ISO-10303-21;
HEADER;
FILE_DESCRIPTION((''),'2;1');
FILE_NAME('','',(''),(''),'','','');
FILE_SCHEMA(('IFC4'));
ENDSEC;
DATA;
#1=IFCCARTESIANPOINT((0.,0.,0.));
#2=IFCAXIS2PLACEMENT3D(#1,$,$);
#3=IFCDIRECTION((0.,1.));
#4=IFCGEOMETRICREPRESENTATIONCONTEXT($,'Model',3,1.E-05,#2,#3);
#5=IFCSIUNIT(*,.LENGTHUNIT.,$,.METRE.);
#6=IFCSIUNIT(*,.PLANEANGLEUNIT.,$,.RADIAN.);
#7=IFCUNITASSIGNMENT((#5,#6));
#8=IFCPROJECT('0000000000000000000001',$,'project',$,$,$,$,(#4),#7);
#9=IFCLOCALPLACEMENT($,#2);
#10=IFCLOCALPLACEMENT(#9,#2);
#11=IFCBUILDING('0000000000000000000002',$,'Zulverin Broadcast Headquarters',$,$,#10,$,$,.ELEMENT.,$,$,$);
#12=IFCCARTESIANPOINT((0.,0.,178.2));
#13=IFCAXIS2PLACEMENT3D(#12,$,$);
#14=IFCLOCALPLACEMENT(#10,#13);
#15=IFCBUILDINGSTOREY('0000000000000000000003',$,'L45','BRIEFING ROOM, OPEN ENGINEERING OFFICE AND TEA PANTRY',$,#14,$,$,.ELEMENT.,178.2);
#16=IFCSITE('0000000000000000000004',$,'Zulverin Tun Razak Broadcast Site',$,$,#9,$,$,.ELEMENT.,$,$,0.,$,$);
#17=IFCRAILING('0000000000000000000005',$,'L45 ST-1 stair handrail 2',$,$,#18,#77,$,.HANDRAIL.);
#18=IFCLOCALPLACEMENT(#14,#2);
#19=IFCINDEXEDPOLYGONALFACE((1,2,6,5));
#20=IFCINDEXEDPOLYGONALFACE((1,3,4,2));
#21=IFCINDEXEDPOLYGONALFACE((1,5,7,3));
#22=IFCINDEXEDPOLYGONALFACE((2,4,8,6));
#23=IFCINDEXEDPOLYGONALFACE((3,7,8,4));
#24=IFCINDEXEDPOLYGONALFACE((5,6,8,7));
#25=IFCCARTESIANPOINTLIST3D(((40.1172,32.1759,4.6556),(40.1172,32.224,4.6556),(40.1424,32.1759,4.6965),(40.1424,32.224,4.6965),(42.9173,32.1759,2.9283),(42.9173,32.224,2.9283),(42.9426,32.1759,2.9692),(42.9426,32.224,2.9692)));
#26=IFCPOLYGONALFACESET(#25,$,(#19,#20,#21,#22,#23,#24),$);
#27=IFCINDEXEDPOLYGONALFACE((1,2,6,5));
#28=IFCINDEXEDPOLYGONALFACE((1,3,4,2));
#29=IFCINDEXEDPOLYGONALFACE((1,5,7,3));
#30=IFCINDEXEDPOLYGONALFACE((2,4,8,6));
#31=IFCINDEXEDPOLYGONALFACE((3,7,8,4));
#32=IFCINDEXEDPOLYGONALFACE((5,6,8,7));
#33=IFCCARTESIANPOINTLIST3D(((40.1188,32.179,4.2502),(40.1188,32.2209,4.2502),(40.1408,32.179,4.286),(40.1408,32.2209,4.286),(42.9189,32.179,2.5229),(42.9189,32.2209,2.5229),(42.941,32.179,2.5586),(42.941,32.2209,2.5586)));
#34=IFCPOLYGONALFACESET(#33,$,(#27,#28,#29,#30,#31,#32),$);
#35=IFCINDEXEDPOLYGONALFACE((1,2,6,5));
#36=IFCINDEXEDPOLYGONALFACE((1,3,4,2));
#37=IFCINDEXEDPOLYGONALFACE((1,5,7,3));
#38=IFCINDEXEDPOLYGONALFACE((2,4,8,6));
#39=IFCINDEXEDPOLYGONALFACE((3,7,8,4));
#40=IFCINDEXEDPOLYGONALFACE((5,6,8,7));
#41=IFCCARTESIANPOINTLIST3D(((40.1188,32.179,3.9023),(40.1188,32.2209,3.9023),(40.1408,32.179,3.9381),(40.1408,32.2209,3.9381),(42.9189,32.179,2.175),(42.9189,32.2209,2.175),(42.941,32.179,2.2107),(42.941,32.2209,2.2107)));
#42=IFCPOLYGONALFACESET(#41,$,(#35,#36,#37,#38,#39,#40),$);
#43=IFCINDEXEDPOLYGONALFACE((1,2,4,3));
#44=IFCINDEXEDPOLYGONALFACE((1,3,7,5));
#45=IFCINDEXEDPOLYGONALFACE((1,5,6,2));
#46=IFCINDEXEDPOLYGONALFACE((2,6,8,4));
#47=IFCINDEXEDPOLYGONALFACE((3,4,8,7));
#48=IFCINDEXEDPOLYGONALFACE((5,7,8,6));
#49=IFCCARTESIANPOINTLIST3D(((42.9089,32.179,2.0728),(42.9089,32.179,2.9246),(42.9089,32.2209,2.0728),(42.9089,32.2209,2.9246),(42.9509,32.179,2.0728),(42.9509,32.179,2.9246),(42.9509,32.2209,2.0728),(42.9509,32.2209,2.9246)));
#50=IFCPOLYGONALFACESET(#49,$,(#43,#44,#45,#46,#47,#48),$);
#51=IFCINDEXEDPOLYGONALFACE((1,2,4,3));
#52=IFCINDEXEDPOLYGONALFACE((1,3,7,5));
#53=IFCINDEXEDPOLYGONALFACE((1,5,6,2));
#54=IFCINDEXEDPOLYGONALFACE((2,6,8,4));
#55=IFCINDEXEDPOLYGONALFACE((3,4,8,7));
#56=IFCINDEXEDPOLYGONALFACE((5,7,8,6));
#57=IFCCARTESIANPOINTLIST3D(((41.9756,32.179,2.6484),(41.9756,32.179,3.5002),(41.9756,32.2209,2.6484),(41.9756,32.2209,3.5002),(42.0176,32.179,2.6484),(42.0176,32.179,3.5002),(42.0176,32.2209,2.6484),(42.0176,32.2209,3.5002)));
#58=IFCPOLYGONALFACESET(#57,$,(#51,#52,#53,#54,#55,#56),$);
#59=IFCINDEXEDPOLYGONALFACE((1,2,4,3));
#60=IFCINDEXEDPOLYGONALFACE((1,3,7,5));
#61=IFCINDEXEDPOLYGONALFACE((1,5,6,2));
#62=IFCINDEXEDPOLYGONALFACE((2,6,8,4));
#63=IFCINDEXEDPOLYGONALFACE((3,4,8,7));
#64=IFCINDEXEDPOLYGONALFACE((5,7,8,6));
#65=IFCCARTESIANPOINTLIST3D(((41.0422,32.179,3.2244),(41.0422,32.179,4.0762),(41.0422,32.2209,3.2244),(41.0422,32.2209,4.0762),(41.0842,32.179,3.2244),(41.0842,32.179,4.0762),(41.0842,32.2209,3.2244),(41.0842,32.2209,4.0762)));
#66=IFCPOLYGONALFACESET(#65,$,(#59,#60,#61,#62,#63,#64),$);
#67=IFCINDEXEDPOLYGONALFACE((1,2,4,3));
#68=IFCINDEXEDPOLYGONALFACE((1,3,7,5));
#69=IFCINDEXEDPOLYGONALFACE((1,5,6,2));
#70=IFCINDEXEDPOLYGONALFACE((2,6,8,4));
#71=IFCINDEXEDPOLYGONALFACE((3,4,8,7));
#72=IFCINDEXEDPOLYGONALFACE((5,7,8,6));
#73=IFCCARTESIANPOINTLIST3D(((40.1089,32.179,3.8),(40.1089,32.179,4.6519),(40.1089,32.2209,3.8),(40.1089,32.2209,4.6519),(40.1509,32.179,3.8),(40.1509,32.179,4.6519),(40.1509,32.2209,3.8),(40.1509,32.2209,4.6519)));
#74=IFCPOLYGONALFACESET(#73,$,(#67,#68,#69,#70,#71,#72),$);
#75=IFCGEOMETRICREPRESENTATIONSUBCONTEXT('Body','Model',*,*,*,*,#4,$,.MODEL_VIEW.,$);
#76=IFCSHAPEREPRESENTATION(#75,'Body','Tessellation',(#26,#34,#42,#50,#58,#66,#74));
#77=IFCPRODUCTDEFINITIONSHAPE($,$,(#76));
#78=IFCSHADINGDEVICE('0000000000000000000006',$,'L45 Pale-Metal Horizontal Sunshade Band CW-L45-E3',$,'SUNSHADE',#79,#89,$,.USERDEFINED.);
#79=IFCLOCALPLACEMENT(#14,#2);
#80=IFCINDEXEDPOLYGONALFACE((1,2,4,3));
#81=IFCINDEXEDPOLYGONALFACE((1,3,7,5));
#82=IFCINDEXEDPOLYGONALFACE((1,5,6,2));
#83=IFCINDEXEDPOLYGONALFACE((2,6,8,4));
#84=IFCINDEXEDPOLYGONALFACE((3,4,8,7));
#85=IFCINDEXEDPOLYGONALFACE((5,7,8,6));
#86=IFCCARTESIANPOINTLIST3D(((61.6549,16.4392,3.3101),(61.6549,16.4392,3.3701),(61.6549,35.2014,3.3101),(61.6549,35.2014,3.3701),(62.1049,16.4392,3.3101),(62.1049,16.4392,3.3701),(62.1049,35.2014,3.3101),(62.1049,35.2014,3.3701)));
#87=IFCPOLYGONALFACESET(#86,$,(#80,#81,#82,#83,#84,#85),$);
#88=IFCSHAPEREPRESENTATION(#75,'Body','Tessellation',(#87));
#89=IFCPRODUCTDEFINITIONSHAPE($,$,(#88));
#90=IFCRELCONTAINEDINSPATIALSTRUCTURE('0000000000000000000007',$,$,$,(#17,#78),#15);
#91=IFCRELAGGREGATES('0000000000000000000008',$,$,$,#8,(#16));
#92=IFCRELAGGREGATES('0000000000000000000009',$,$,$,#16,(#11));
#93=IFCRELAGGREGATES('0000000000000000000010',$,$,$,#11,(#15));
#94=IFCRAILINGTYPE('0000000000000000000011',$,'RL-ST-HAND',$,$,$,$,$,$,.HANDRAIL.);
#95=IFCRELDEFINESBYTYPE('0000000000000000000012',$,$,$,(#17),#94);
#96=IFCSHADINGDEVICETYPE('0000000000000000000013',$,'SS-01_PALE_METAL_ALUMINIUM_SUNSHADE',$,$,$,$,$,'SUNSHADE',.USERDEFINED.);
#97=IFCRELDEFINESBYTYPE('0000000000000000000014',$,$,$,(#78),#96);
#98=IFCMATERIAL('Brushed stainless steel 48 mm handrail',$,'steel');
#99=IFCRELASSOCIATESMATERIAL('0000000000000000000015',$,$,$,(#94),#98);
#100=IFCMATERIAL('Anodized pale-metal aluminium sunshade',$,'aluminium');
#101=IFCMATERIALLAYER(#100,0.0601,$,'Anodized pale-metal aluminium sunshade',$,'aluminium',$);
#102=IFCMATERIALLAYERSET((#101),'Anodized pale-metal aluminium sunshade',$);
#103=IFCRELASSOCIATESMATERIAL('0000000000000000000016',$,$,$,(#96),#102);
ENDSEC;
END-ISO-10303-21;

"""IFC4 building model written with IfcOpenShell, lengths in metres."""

from ifc_helpers import new_model, si_unit, direction, frame, origin, origin_2d, place, context, subcontext, project, spatial, rectangle, extrude, material, layer, layer_set, type_object, element, save


model = new_model("IFC4")

# Units and contexts
model_context = context("Model", 3, precision=1e-05, world=origin(), true_north=direction((0.0, 1.0)))
body_context = subcontext(model_context, "Body", "Model", "MODEL_VIEW")
ifc_project = project(units=[si_unit("LENGTHUNIT", "METRE"), si_unit("PLANEANGLEUNIT", "RADIAN")], contexts=[model_context])

# Site, building, storey
site_placement = place(None, origin())
site = spatial("IfcSite", under=ifc_project, at=site_placement, Name="Zulverin Tun Razak Broadcast Site", CompositionType="ELEMENT", RefElevation=0.0)
building_placement = place(site_placement, origin())
building = spatial("IfcBuilding", under=site, at=building_placement, Name="Zulverin Broadcast Headquarters", CompositionType="ELEMENT")
storey_placement = place(building_placement, frame((0.0, 0.0, 178.2)))
storey = spatial("IfcBuildingStorey", under=building, at=storey_placement, Name="L45", Description="BRIEFING ROOM, OPEN ENGINEERING OFFICE AND TEA PANTRY", CompositionType="ELEMENT", Elevation=178.2)

# Railing
ifc_material_1 = material(Name="Brushed stainless steel 48 mm handrail", Category="steel")
railing_type_1 = type_object("IfcRailingType", Name="RL-ST-HAND", PredefinedType="HANDRAIL", material=ifc_material_1)
railing_1_placement = place(storey_placement, frame((42.9299, 32.2, 2.0728)))
element("IfcRailing", 1, at=railing_1_placement, inside=storey, type_object=railing_type_1, Name="L45 ST-1 stair handrail 2", PredefinedType="HANDRAIL", context=body_context, shape_type="SweptSolid", body=[
    extrude(rectangle(XDim=0.0481, YDim=0.0481, at=origin_2d()), frame((0.0, 0.0, 0.876), z_axis=(-0.85109, 0.0, 0.52502), x_axis=(0.0, -1.0, 0.0)), (0.0, 0.0, 1.0), 3.29),
    extrude(rectangle(XDim=0.042, YDim=0.042, at=origin_2d()), frame((0.0, 0.0, 0.468), z_axis=(-0.85109, 0.0, 0.52502), x_axis=(0.0, -1.0, 0.0)), (0.0, 0.0, 1.0), 3.29),
    extrude(rectangle(XDim=0.042, YDim=0.042, at=origin_2d()), frame((0.0, 0.0, 0.1201), z_axis=(-0.85109, 0.0, 0.52502), x_axis=(0.0, -1.0, 0.0)), (0.0, 0.0, 1.0), 3.29),
    extrude(rectangle(XDim=0.042, YDim=0.042, at=origin_2d()), origin(), (0.0, 0.0, 1.0), 0.8518),
    extrude(rectangle(XDim=0.042, YDim=0.042, at=origin_2d()), frame((-0.9333, 0.0, 0.5757)), (0.0, 0.0, 1.0), 0.8518),
    extrude(rectangle(XDim=0.042, YDim=0.042, at=origin_2d()), frame((-1.8667, 0.0, 1.1516)), (0.0, 0.0, 1.0), 0.8518),
    extrude(rectangle(XDim=0.042, YDim=0.042, at=origin_2d()), frame((-2.8, 0.0, 1.7273)), (0.0, 0.0, 1.0), 0.8518),
])

# Shading device
ifc_material_2 = material(Name="Anodized pale-metal aluminium sunshade", Category="aluminium")
ifc_layer_1 = layer(ifc_material_2, 0.0601, Name="Anodized pale-metal aluminium sunshade", Category="aluminium")
ifc_layer_set_1 = layer_set([ifc_layer_1], Name="Anodized pale-metal aluminium sunshade")
shading_device_type = type_object("IfcShadingDeviceType", Name="SS-01_PALE_METAL_ALUMINIUM_SUNSHADE", ElementType="SUNSHADE", PredefinedType="USERDEFINED", material=ifc_layer_set_1)
shading_device_placement = place(storey_placement, frame((61.8799, 25.8203, 3.3101), z_axis=(0.0, 0.0, 1.0), x_axis=(0.0, 1.0, 0.0)))
element("IfcShadingDevice", 2, at=shading_device_placement, inside=storey, type_object=shading_device_type, Name="L45 Pale-Metal Horizontal Sunshade Band CW-L45-E3", ObjectType="SUNSHADE", PredefinedType="USERDEFINED", context=body_context, shape_type="SweptSolid", body=[
    extrude(rectangle(XDim=18.7622, YDim=0.45, at=origin_2d()), origin(), (0.0, 0.0, 1.0), 0.0601),
])

save(model, "model.ifc")
